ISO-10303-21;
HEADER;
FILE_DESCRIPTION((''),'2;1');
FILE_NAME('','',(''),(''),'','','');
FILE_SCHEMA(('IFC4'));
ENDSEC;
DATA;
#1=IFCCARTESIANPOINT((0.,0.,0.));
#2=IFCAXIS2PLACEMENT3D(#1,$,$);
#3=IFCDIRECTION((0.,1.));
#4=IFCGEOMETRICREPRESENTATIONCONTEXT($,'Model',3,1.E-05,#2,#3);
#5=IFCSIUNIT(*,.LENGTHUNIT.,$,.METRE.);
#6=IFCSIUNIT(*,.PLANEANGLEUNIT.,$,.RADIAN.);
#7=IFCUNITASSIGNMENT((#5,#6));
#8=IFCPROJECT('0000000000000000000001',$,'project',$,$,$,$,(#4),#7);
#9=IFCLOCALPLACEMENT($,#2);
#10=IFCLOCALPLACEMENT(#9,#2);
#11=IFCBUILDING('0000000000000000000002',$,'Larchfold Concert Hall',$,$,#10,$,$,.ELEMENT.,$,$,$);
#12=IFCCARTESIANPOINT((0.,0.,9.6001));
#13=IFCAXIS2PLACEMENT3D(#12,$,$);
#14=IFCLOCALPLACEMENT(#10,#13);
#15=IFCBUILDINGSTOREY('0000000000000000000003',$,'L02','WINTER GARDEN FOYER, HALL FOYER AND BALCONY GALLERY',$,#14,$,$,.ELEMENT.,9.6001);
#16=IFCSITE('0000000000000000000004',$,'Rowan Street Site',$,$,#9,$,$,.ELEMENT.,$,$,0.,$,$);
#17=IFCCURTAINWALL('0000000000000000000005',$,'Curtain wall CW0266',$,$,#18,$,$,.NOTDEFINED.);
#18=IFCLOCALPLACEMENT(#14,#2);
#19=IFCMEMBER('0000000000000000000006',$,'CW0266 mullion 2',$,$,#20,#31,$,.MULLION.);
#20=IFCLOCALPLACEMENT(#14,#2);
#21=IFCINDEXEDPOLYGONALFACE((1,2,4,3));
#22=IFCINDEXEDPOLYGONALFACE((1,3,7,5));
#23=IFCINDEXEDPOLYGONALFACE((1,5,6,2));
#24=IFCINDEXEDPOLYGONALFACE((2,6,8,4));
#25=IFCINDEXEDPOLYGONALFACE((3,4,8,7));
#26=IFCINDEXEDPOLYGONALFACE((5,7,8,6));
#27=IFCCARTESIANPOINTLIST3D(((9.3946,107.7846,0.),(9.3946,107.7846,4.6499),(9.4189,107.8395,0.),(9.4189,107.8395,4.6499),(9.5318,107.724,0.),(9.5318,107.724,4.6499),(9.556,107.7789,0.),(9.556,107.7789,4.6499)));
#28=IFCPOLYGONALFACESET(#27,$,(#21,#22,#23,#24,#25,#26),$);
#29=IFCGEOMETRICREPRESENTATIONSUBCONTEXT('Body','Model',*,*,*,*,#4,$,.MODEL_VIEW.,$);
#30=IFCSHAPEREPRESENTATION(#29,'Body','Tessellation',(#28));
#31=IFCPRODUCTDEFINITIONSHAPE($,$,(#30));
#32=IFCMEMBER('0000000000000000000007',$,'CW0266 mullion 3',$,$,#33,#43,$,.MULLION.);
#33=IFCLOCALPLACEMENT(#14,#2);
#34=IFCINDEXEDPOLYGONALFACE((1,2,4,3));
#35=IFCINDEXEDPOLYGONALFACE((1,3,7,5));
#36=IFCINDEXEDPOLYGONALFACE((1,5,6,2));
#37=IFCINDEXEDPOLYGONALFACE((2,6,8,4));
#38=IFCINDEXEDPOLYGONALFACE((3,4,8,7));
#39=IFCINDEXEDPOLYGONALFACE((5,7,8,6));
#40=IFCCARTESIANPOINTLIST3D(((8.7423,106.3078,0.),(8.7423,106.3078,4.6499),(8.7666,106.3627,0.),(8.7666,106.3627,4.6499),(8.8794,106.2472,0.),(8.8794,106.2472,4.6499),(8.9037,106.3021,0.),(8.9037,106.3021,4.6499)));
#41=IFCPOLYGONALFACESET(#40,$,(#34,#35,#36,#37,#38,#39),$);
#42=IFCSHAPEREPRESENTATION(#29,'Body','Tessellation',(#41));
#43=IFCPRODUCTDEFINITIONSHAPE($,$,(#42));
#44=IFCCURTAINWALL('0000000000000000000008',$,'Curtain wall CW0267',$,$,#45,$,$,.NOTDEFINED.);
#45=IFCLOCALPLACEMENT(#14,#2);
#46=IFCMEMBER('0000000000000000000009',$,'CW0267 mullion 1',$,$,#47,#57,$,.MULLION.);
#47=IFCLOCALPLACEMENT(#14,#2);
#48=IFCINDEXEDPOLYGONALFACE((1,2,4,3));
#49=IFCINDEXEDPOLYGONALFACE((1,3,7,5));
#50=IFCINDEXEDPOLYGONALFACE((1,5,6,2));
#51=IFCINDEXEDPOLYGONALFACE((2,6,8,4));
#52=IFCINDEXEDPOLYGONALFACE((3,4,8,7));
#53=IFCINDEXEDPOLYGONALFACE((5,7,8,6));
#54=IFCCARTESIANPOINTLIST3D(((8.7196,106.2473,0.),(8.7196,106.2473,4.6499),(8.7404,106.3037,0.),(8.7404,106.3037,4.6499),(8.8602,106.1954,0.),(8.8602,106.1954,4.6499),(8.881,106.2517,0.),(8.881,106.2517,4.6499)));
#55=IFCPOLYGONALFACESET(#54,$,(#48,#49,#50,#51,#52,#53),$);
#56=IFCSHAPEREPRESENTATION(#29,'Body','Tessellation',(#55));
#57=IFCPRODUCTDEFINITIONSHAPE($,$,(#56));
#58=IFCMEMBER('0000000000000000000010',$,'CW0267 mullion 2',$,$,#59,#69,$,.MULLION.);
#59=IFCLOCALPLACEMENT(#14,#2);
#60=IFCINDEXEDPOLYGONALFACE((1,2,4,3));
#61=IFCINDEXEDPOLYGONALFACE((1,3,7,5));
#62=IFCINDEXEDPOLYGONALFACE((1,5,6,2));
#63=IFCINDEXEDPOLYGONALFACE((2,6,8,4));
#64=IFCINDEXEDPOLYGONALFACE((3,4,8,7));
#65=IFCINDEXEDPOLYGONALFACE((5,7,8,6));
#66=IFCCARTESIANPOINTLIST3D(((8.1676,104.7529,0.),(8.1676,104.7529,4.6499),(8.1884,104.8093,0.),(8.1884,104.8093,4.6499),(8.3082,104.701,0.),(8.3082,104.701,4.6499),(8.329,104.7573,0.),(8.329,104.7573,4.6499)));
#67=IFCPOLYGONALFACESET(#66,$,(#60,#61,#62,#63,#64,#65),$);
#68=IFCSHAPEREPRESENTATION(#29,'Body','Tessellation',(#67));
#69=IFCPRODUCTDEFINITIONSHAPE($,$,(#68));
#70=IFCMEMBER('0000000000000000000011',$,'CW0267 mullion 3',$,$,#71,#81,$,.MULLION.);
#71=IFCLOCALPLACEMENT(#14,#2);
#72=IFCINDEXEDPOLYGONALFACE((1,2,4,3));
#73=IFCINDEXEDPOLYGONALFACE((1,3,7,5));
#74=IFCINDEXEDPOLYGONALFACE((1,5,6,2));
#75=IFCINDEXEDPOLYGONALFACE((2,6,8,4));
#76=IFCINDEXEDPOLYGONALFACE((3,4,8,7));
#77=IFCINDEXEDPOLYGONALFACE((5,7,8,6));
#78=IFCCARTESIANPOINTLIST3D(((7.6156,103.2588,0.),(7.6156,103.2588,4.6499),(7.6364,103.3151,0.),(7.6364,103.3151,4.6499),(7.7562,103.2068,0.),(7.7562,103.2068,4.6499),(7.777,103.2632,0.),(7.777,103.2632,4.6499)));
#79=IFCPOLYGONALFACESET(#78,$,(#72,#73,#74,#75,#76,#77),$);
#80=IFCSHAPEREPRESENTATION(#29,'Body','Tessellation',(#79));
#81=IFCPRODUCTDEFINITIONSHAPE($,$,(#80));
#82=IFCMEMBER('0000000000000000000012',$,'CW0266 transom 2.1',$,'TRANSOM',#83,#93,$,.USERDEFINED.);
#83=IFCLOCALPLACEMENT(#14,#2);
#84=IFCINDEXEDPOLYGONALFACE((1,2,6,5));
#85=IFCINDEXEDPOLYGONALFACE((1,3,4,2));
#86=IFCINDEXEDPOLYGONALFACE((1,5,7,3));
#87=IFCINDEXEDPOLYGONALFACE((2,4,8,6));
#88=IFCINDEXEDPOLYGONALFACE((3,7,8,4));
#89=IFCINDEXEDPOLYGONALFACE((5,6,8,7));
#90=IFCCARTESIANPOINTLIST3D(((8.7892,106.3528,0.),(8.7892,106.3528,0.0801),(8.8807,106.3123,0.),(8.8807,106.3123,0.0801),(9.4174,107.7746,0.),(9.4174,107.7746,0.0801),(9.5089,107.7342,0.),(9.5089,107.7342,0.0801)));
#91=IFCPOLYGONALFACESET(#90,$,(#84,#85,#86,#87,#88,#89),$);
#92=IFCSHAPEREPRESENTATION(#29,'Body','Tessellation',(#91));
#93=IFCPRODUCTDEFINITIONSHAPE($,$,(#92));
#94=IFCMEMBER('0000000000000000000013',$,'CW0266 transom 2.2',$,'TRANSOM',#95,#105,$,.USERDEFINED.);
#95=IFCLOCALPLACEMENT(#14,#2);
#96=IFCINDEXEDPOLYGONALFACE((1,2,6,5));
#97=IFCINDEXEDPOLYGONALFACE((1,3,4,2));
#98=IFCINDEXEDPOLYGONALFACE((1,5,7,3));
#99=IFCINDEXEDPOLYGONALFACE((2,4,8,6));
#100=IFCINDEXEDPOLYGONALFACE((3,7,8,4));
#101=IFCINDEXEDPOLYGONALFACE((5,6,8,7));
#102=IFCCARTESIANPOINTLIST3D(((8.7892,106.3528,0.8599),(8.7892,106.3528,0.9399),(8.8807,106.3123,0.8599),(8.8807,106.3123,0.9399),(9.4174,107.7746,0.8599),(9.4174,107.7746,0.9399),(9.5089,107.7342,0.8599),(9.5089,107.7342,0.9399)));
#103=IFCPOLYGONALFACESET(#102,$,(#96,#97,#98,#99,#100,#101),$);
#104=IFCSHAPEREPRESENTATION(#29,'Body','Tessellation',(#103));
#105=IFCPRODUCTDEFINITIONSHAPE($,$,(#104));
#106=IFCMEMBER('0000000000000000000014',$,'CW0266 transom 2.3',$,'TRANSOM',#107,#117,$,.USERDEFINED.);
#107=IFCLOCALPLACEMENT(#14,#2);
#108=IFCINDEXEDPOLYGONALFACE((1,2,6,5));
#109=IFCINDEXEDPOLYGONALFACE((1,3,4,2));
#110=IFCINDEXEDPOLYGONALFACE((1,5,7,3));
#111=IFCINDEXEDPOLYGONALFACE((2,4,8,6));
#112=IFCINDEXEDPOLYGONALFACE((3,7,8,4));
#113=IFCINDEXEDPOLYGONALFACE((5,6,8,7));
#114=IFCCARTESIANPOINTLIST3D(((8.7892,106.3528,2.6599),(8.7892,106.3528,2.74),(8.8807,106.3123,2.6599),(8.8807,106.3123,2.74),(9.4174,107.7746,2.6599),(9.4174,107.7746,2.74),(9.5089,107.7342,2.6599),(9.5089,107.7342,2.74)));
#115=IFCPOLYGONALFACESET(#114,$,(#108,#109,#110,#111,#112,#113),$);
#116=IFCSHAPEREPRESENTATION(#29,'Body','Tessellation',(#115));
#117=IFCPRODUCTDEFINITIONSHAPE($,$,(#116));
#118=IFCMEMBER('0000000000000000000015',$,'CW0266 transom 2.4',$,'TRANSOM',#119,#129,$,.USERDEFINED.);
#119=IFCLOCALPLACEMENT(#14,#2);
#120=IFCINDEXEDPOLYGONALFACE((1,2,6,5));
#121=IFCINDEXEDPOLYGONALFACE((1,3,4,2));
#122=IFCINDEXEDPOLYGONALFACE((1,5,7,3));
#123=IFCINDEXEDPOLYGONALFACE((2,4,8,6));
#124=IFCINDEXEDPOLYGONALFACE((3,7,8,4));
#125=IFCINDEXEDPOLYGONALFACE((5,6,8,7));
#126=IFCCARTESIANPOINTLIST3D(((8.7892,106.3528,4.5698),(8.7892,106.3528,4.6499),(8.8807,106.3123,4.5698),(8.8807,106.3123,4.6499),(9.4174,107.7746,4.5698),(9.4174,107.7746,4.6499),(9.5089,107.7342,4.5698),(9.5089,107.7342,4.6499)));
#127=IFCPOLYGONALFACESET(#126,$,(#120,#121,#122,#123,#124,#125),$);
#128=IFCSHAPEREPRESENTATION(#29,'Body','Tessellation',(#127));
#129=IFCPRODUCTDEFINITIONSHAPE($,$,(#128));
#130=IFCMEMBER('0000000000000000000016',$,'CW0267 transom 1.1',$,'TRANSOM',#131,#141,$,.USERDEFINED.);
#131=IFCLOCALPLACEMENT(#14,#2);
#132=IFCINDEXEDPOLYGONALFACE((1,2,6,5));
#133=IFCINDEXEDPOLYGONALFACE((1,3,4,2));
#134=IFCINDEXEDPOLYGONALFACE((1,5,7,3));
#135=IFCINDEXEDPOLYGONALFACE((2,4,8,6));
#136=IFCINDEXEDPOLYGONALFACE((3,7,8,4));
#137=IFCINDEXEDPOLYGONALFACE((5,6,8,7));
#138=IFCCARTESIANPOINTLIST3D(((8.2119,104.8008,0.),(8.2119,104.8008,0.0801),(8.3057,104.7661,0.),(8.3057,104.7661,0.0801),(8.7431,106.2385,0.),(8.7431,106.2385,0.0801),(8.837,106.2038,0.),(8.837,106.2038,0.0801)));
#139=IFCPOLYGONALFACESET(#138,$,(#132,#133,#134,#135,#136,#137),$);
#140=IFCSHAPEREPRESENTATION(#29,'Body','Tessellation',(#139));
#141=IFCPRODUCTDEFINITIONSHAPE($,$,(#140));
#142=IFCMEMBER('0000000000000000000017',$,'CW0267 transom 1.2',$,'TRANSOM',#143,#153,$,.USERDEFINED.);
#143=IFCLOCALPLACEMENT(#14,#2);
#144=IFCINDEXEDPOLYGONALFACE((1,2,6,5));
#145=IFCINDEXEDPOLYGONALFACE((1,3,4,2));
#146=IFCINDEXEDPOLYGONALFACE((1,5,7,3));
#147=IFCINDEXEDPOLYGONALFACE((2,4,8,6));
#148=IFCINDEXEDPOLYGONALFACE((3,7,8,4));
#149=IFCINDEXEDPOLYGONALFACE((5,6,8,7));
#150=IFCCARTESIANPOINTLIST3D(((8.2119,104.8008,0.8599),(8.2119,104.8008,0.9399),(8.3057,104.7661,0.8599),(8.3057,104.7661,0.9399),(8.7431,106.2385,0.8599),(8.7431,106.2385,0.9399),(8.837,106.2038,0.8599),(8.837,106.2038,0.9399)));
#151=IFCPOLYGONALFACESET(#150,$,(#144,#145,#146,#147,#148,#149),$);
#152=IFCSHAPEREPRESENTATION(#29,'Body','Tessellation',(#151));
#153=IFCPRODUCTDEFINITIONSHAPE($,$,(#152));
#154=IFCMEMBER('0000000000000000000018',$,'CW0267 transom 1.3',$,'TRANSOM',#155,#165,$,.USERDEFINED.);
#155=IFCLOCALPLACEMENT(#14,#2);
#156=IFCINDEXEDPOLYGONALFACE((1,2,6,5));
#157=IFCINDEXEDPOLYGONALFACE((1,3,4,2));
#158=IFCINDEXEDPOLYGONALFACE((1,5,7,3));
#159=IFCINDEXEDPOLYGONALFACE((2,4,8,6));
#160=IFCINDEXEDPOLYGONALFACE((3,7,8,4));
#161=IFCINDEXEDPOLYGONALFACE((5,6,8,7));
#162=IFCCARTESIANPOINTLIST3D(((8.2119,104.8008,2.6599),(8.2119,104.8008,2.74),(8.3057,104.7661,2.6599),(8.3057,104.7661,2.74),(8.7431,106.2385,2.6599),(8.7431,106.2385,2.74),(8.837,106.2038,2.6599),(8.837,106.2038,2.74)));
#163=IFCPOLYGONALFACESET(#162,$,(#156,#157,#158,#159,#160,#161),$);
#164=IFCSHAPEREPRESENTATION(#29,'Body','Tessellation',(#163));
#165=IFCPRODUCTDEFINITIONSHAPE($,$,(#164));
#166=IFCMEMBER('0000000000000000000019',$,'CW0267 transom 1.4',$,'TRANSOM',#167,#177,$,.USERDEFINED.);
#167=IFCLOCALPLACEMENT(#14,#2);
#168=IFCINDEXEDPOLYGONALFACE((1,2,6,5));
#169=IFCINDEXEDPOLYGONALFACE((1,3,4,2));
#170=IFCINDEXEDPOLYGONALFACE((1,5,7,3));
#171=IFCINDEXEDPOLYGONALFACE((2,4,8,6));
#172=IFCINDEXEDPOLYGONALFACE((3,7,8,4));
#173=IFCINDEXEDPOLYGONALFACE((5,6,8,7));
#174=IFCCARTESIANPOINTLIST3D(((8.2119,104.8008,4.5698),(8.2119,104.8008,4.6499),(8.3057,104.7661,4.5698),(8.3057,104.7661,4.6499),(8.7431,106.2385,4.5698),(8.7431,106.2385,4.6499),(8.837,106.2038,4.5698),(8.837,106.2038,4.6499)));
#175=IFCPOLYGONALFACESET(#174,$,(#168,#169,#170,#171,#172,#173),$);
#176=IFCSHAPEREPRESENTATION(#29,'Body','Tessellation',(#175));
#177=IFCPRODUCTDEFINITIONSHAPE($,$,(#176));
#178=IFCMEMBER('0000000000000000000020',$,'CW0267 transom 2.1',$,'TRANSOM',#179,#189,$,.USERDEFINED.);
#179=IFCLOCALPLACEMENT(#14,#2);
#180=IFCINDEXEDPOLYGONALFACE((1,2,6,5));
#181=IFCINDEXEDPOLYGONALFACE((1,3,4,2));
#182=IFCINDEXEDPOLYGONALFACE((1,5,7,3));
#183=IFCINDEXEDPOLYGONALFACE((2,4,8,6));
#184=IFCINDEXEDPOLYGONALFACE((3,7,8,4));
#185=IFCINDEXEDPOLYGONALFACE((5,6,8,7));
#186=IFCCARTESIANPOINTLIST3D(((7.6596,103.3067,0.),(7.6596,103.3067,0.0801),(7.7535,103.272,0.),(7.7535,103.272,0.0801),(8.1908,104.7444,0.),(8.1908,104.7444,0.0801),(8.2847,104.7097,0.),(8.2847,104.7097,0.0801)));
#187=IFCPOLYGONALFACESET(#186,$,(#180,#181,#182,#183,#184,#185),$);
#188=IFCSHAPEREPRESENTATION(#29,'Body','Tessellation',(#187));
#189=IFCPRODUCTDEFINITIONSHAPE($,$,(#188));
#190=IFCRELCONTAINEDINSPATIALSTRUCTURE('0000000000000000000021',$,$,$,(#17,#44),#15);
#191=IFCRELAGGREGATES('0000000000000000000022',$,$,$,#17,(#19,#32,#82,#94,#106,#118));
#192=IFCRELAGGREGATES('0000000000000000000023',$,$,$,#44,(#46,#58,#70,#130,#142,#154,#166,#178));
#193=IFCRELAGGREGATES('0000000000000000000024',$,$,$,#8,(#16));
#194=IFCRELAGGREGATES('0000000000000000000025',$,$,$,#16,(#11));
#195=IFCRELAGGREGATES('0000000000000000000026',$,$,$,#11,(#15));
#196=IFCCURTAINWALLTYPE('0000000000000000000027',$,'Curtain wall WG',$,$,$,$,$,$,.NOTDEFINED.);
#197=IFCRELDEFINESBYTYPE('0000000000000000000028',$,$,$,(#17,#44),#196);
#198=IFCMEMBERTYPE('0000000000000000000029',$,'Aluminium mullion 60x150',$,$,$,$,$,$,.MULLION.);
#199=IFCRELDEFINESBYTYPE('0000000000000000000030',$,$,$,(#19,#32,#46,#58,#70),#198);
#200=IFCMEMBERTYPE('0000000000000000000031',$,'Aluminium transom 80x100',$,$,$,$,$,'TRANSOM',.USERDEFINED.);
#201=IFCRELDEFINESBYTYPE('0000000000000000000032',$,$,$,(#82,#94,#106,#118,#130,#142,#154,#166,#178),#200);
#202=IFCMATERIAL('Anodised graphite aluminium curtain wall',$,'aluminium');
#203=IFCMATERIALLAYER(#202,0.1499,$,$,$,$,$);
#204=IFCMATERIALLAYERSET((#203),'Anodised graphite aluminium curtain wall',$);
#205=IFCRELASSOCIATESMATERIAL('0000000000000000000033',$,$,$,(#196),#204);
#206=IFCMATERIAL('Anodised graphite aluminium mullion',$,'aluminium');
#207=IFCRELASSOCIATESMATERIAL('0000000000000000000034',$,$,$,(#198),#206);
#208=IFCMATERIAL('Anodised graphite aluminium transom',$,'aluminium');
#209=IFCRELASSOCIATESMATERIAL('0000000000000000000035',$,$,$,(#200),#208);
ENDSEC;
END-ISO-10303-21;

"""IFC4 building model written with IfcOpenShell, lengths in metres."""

from ifc_helpers import new_model, si_unit, direction, frame, origin, origin_2d, place, context, subcontext, project, spatial, rectangle, extrude, material, layer, layer_set, material_profile, profile_set, type_object, element, aggregate, save


model = new_model("IFC4")

# Units and contexts
model_context = context("Model", 3, precision=1e-05, world=origin(), true_north=direction((0.0, 1.0)))
body_context = subcontext(model_context, "Body", "Model", "MODEL_VIEW")
ifc_project = project(units=[si_unit("LENGTHUNIT", "METRE"), si_unit("PLANEANGLEUNIT", "RADIAN")], contexts=[model_context])

# Site, building, storey
site_placement = place(None, origin())
site = spatial("IfcSite", under=ifc_project, at=site_placement, Name="Rowan Street Site", CompositionType="ELEMENT", RefElevation=0.0)
building_placement = place(site_placement, origin())
building = spatial("IfcBuilding", under=site, at=building_placement, Name="Larchfold Concert Hall", CompositionType="ELEMENT")
storey_placement = place(building_placement, frame((0.0, 0.0, 9.6001)))
storey = spatial("IfcBuildingStorey", under=building, at=storey_placement, Name="L02", Description="WINTER GARDEN FOYER, HALL FOYER AND BALCONY GALLERY", CompositionType="ELEMENT", Elevation=9.6001)

# Curtain walls, members
ifc_material_1 = material(Name="Anodised graphite aluminium curtain wall", Category="aluminium")
ifc_layer_1 = layer(ifc_material_1, 0.1499)
ifc_layer_set_1 = layer_set([ifc_layer_1], Name="Anodised graphite aluminium curtain wall")
curtain_wall_type = type_object("IfcCurtainWallType", Name="Curtain wall WG", PredefinedType="NOTDEFINED", material=ifc_layer_set_1)
curtain_wall_1_placement = place(storey_placement, origin())
curtain_wall_1 = element("IfcCurtainWall", 1, at=curtain_wall_1_placement, inside=storey, type_object=curtain_wall_type, Name="Curtain wall CW0266", PredefinedType="NOTDEFINED")
ifc_material_2 = material(Name="Anodised graphite aluminium mullion", Category="aluminium")
ifc_material_profile_1 = material_profile(ifc_material_2, rectangle(XDim=0.1499, YDim=0.0601, at=origin_2d()))
ifc_profile_set_1 = profile_set([ifc_material_profile_1], Name="Anodised graphite aluminium mullion")
member_type_1 = type_object("IfcMemberType", Name="Aluminium mullion 60x150", PredefinedType="MULLION", material=ifc_profile_set_1)
member_1_placement = place(storey_placement, frame((9.4753, 107.7817, 0.0), z_axis=(0.0, 0.0, 1.0), x_axis=(0.914703, -0.404126, 0.0)))
member_1 = element("IfcMember", 2, at=member_1_placement, type_object=member_type_1, Name="CW0266 mullion 2", PredefinedType="MULLION", context=body_context, shape_type="SweptSolid", body=[
    extrude(rectangle(XDim=0.1499, YDim=0.0601, at=origin_2d()), origin(), (0.0, 0.0, 1.0), 4.6499),
])
member_2_placement = place(storey_placement, frame((8.823, 106.3049, 0.0), z_axis=(0.0, 0.0, 1.0), x_axis=(0.914703, -0.404126, 0.0)))
member_2 = element("IfcMember", 3, at=member_2_placement, type_object=member_type_1, Name="CW0266 mullion 3", PredefinedType="MULLION", context=body_context, shape_type="SweptSolid", body=[
    extrude(rectangle(XDim=0.1499, YDim=0.0601, at=origin_2d()), origin(), (0.0, 0.0, 1.0), 4.6499),
])
curtain_wall_2_placement = place(storey_placement, origin())
curtain_wall_2 = element("IfcCurtainWall", 4, at=curtain_wall_2_placement, inside=storey, type_object=curtain_wall_type, Name="Curtain wall CW0267", PredefinedType="NOTDEFINED")
member_3_placement = place(storey_placement, frame((8.8003, 106.2495, 0.0), z_axis=(0.0, 0.0, 1.0), x_axis=(0.938015, -0.346594, 0.0)))
member_3 = element("IfcMember", 5, at=member_3_placement, type_object=member_type_1, Name="CW0267 mullion 1", PredefinedType="MULLION", context=body_context, shape_type="SweptSolid", body=[
    extrude(rectangle(XDim=0.1499, YDim=0.0601, at=origin_2d()), origin(), (0.0, 0.0, 1.0), 4.6499),
])
member_4_placement = place(storey_placement, frame((8.2483, 104.7551, 0.0), z_axis=(0.0, 0.0, 1.0), x_axis=(0.938015, -0.346594, 0.0)))
member_4 = element("IfcMember", 6, at=member_4_placement, type_object=member_type_1, Name="CW0267 mullion 2", PredefinedType="MULLION", context=body_context, shape_type="SweptSolid", body=[
    extrude(rectangle(XDim=0.1499, YDim=0.0601, at=origin_2d()), origin(), (0.0, 0.0, 1.0), 4.6499),
])
member_5_placement = place(storey_placement, frame((7.6963, 103.261, 0.0), z_axis=(0.0, 0.0, 1.0), x_axis=(0.938015, -0.346594, 0.0)))
member_5 = element("IfcMember", 7, at=member_5_placement, type_object=member_type_1, Name="CW0267 mullion 3", PredefinedType="MULLION", context=body_context, shape_type="SweptSolid", body=[
    extrude(rectangle(XDim=0.1499, YDim=0.0601, at=origin_2d()), origin(), (0.0, 0.0, 1.0), 4.6499),
])

# Members
ifc_material_3 = material(Name="Anodised graphite aluminium transom", Category="aluminium")
ifc_material_profile_2 = material_profile(ifc_material_3, rectangle(XDim=0.1001, YDim=0.0801, at=origin_2d()))
ifc_profile_set_2 = profile_set([ifc_material_profile_2], Name="Anodised graphite aluminium transom")
member_type_2 = type_object("IfcMemberType", Name="Aluminium transom 80x100", ElementType="TRANSOM", PredefinedType="USERDEFINED", material=ifc_profile_set_2)
member_6_placement = place(storey_placement, frame((9.4631, 107.7544, 0.04), z_axis=(-0.404112, -0.91471, 0.0), x_axis=(0.91471, -0.404112, 0.0)))
member_6 = element("IfcMember", 8, at=member_6_placement, type_object=member_type_2, Name="CW0266 transom 2.1", ObjectType="TRANSOM", PredefinedType="USERDEFINED", context=body_context, shape_type="SweptSolid", body=[
    extrude(rectangle(XDim=0.1001, YDim=0.0801, at=origin_2d()), origin(), (0.0, 0.0, 1.0), 1.5544),
])
member_7_placement = place(storey_placement, frame((9.4631, 107.7544, 0.8999), z_axis=(-0.404112, -0.91471, 0.0), x_axis=(0.91471, -0.404112, 0.0)))
member_7 = element("IfcMember", 9, at=member_7_placement, type_object=member_type_2, Name="CW0266 transom 2.2", ObjectType="TRANSOM", PredefinedType="USERDEFINED", context=body_context, shape_type="SweptSolid", body=[
    extrude(rectangle(XDim=0.1001, YDim=0.0801, at=origin_2d()), origin(), (0.0, 0.0, 1.0), 1.5544),
])
member_8_placement = place(storey_placement, frame((9.4631, 107.7544, 2.7), z_axis=(-0.404112, -0.91471, 0.0), x_axis=(0.91471, -0.404112, 0.0)))
member_8 = element("IfcMember", 10, at=member_8_placement, type_object=member_type_2, Name="CW0266 transom 2.3", ObjectType="TRANSOM", PredefinedType="USERDEFINED", context=body_context, shape_type="SweptSolid", body=[
    extrude(rectangle(XDim=0.1001, YDim=0.0801, at=origin_2d()), origin(), (0.0, 0.0, 1.0), 1.5544),
])
member_9_placement = place(storey_placement, frame((9.4631, 107.7544, 4.6099), z_axis=(-0.404112, -0.91471, 0.0), x_axis=(0.91471, -0.404112, 0.0)))
member_9 = element("IfcMember", 11, at=member_9_placement, type_object=member_type_2, Name="CW0266 transom 2.4", ObjectType="TRANSOM", PredefinedType="USERDEFINED", context=body_context, shape_type="SweptSolid", body=[
    extrude(rectangle(XDim=0.1001, YDim=0.0801, at=origin_2d()), origin(), (0.0, 0.0, 1.0), 1.5544),
])
member_10_placement = place(storey_placement, frame((8.79, 106.2212, 0.04), z_axis=(-0.346598, -0.938014, 0.0), x_axis=(0.938014, -0.346598, 0.0)))
member_10 = element("IfcMember", 12, at=member_10_placement, type_object=member_type_2, Name="CW0267 transom 1.1", ObjectType="TRANSOM", PredefinedType="USERDEFINED", context=body_context, shape_type="SweptSolid", body=[
    extrude(rectangle(XDim=0.1001, YDim=0.0801, at=origin_2d()), origin(), (0.0, 0.0, 1.0), 1.5327),
])
member_11_placement = place(storey_placement, frame((8.79, 106.2212, 0.8999), z_axis=(-0.346598, -0.938014, 0.0), x_axis=(0.938014, -0.346598, 0.0)))
member_11 = element("IfcMember", 13, at=member_11_placement, type_object=member_type_2, Name="CW0267 transom 1.2", ObjectType="TRANSOM", PredefinedType="USERDEFINED", context=body_context, shape_type="SweptSolid", body=[
    extrude(rectangle(XDim=0.1001, YDim=0.0801, at=origin_2d()), origin(), (0.0, 0.0, 1.0), 1.5327),
])
member_12_placement = place(storey_placement, frame((8.79, 106.2212, 2.7), z_axis=(-0.346598, -0.938014, 0.0), x_axis=(0.938014, -0.346598, 0.0)))
member_12 = element("IfcMember", 14, at=member_12_placement, type_object=member_type_2, Name="CW0267 transom 1.3", ObjectType="TRANSOM", PredefinedType="USERDEFINED", context=body_context, shape_type="SweptSolid", body=[
    extrude(rectangle(XDim=0.1001, YDim=0.0801, at=origin_2d()), origin(), (0.0, 0.0, 1.0), 1.5327),
])
member_13_placement = place(storey_placement, frame((8.79, 106.2212, 4.6099), z_axis=(-0.346598, -0.938014, 0.0), x_axis=(0.938014, -0.346598, 0.0)))
member_13 = element("IfcMember", 15, at=member_13_placement, type_object=member_type_2, Name="CW0267 transom 1.4", ObjectType="TRANSOM", PredefinedType="USERDEFINED", context=body_context, shape_type="SweptSolid", body=[
    extrude(rectangle(XDim=0.1001, YDim=0.0801, at=origin_2d()), origin(), (0.0, 0.0, 1.0), 1.5327),
])
member_14_placement = place(storey_placement, frame((8.2378, 104.7271, 0.04), z_axis=(-0.346598, -0.938014, 0.0), x_axis=(0.938014, -0.346598, 0.0)))
member_14 = element("IfcMember", 16, at=member_14_placement, type_object=member_type_2, Name="CW0267 transom 2.1", ObjectType="TRANSOM", PredefinedType="USERDEFINED", context=body_context, shape_type="SweptSolid", body=[
    extrude(rectangle(XDim=0.1001, YDim=0.0801, at=origin_2d()), origin(), (0.0, 0.0, 1.0), 1.5327),
])

aggregate(curtain_wall_1, [member_1, member_2, member_6, member_7, member_8, member_9])
aggregate(curtain_wall_2, [member_3, member_4, member_5, member_10, member_11, member_12, member_13, member_14])

save(model, "model.ifc")
